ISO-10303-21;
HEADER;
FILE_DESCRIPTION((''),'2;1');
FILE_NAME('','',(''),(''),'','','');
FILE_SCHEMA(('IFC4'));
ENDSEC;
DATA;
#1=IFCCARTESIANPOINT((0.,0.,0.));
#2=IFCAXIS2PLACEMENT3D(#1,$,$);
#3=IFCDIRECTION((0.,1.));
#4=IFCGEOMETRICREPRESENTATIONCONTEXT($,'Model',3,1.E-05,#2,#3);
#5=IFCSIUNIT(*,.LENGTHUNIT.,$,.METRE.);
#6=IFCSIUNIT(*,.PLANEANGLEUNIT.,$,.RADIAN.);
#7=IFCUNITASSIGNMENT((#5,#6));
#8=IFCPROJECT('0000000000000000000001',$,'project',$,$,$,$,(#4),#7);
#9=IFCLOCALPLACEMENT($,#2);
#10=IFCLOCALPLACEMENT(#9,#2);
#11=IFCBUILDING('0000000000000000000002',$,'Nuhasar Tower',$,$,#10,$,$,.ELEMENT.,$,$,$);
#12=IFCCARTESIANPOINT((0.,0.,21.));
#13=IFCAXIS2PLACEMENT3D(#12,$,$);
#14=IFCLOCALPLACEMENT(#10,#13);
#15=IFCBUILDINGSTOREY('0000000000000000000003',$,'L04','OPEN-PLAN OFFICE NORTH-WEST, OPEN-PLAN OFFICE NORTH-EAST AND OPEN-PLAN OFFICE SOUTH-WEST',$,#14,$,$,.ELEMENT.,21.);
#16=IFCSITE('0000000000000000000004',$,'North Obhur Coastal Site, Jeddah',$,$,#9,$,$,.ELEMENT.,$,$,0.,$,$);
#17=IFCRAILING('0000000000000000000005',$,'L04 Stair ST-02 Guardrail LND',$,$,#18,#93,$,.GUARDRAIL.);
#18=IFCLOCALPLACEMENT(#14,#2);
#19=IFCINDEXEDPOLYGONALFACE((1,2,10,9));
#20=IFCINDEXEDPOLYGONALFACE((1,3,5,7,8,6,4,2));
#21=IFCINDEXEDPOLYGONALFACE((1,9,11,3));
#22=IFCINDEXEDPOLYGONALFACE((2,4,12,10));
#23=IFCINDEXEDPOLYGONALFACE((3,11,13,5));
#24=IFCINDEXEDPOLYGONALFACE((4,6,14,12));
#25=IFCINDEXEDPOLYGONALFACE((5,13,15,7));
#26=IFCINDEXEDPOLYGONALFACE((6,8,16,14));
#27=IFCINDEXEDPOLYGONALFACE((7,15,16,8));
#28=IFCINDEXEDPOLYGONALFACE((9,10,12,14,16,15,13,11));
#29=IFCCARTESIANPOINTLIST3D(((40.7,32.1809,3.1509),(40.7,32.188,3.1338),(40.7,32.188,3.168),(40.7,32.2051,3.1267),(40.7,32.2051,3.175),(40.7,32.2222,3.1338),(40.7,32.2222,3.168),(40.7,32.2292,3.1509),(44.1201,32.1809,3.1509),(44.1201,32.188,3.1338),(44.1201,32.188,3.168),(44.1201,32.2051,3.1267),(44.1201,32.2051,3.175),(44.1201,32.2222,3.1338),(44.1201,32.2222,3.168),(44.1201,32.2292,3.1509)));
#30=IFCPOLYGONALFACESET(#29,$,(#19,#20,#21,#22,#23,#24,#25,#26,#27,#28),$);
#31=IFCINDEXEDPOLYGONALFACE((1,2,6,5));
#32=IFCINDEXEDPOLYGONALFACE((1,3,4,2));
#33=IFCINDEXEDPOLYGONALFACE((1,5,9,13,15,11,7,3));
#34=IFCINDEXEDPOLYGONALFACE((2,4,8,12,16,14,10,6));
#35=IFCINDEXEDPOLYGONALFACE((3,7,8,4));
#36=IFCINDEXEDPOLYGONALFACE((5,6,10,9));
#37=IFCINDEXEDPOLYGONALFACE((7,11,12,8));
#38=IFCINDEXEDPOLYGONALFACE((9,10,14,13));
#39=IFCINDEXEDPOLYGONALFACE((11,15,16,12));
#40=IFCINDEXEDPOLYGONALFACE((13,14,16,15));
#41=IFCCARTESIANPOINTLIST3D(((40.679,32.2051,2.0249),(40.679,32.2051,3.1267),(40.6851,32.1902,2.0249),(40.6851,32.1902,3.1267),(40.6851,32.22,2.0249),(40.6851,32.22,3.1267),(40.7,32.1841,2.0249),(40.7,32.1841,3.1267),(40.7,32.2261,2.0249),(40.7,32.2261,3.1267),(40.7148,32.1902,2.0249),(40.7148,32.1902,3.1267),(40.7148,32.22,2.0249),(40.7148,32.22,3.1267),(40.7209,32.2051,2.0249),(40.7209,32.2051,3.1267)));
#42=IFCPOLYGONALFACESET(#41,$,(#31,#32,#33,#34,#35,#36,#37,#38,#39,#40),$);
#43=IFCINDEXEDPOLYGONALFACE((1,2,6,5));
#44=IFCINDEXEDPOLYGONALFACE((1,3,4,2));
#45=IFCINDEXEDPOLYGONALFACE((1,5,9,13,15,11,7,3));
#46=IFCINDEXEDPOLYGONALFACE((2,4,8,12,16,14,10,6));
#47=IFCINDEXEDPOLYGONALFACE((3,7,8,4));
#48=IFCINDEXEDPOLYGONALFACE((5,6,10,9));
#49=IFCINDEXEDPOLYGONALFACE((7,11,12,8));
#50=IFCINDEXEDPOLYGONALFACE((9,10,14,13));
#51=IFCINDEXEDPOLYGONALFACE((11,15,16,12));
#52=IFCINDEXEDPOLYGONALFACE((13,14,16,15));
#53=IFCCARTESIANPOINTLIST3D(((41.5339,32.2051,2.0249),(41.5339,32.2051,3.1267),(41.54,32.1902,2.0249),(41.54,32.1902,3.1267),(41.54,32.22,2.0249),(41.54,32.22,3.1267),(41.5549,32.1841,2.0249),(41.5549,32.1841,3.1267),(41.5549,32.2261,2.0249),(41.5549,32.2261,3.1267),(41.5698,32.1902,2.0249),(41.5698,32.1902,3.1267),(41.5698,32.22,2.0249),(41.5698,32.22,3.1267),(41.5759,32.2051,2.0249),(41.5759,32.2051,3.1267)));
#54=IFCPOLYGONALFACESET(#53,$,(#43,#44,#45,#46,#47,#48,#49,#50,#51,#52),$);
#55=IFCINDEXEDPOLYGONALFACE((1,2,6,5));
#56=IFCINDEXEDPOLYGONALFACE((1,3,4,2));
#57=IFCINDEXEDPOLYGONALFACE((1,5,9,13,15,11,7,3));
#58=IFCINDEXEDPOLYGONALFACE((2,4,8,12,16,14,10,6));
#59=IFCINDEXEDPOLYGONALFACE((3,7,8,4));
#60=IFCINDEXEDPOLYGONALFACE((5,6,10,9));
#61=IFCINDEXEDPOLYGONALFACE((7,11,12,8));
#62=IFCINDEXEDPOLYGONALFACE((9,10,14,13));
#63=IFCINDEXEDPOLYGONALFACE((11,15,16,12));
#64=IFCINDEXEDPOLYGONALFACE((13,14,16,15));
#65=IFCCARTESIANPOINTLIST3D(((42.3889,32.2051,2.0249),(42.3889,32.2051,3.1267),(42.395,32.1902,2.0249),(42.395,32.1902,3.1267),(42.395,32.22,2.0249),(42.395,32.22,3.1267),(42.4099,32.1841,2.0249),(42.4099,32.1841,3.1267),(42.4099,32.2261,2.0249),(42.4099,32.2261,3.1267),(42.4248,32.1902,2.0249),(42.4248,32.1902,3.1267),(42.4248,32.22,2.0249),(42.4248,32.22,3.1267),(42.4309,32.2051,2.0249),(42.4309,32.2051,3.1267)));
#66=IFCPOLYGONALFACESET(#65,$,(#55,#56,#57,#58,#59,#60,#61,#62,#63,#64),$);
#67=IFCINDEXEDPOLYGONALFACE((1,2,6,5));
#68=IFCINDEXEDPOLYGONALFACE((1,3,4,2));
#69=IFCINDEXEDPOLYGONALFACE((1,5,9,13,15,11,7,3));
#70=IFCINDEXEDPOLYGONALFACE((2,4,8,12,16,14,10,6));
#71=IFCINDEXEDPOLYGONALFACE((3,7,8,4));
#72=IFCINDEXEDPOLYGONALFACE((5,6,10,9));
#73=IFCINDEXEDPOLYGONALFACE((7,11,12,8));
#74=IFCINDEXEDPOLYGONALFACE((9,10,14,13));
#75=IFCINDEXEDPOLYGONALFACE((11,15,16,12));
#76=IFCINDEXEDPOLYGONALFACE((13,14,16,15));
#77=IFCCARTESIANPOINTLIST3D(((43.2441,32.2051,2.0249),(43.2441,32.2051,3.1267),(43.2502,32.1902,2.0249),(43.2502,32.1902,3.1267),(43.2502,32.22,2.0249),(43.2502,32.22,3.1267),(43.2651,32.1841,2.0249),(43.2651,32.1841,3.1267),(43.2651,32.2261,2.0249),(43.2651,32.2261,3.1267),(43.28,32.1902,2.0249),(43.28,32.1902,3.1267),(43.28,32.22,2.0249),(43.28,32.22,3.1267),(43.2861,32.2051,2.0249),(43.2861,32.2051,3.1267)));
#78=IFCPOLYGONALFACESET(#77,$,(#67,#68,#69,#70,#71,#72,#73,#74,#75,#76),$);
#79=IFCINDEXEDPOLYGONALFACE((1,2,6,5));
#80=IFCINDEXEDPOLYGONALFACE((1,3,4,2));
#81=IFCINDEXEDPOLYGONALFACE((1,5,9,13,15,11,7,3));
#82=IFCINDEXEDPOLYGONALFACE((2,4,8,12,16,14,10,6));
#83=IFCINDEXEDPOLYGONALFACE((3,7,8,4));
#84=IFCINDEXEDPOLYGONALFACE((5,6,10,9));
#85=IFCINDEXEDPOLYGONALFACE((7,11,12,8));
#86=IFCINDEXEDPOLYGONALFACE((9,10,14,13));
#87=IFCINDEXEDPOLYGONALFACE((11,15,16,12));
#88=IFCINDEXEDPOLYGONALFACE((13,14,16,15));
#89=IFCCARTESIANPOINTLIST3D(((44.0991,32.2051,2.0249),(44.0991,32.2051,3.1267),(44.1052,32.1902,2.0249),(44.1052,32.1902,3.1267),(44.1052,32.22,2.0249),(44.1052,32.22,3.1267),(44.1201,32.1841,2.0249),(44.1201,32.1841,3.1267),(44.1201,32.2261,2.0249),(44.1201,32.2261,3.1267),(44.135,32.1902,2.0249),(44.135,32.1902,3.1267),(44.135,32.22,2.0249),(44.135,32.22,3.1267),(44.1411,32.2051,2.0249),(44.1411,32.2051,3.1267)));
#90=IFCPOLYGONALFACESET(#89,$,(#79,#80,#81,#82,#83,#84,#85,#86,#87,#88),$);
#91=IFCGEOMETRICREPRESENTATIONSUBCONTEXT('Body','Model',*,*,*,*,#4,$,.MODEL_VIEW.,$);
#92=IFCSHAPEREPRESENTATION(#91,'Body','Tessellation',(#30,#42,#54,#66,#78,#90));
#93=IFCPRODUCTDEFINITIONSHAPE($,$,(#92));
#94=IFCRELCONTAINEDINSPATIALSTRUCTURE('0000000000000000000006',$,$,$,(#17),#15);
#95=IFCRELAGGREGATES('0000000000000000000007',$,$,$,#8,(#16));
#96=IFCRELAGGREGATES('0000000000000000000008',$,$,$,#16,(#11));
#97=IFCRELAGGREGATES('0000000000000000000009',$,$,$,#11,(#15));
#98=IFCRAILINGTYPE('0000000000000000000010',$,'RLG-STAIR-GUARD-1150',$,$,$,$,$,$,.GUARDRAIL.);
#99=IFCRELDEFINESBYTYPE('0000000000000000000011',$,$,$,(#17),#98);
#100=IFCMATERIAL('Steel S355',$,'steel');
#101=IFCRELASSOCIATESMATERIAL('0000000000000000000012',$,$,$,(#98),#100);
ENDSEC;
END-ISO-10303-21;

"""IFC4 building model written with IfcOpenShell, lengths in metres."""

from ifc_helpers import new_model, si_unit, direction, frame, origin, place, context, subcontext, project, spatial, polyline, outline, extrude, material, type_object, element, save


model = new_model("IFC4")

# Units and contexts
model_context = context("Model", 3, precision=1e-05, world=origin(), true_north=direction((0.0, 1.0)))
body_context = subcontext(model_context, "Body", "Model", "MODEL_VIEW")
ifc_project = project(units=[si_unit("LENGTHUNIT", "METRE"), si_unit("PLANEANGLEUNIT", "RADIAN")], contexts=[model_context])

# Site, building, storey
site_placement = place(None, origin())
site = spatial("IfcSite", under=ifc_project, at=site_placement, Name="North Obhur Coastal Site, Jeddah", CompositionType="ELEMENT", RefElevation=0.0)
building_placement = place(site_placement, origin())
building = spatial("IfcBuilding", under=site, at=building_placement, Name="Nuhasar Tower", CompositionType="ELEMENT")
storey_placement = place(building_placement, frame((0.0, 0.0, 21.0)))
storey = spatial("IfcBuildingStorey", under=building, at=storey_placement, Name="L04", Description="OPEN-PLAN OFFICE NORTH-WEST, OPEN-PLAN OFFICE NORTH-EAST AND OPEN-PLAN OFFICE SOUTH-WEST", CompositionType="ELEMENT", Elevation=21.0)

# Shared definitions
ifc_material_1 = material(Name="Steel S355", Category="steel")

# Railing
railing_type = type_object("IfcRailingType", Name="RLG-STAIR-GUARD-1150", PredefinedType="GUARDRAIL", material=ifc_material_1)
railing_placement = place(storey_placement, frame((40.7, 32.2051, 2.0249)))
element("IfcRailing", 1, at=railing_placement, inside=storey, type_object=railing_type, Name="L04 Stair ST-02 Guardrail LND", PredefinedType="GUARDRAIL", context=body_context, shape_type="SweptSolid", body=[
    extrude(outline(polyline([(0.0242, 0.0), (0.0171, 0.0171), (0.0, 0.0242), (-0.0171, 0.0171), (-0.0242, 0.0), (-0.0171, -0.0171), (0.0, -0.0242), (0.0171, -0.0171), (0.0242, 0.0)])), frame((0.0, 0.0, 1.126), z_axis=(1.0, 0.0, 0.0), x_axis=(0.0, 1.0, 0.0)), (0.0, 0.0, 1.0), 3.4202),
    extrude(outline(polyline([(0.021, 0.0), (0.0149, 0.0149), (0.0, 0.021), (-0.0149, 0.0149), (-0.021, 0.0), (-0.0149, -0.0149), (0.0, -0.021), (0.0149, -0.0149), (0.021, 0.0)])), origin(), (0.0, 0.0, 1.0), 1.1018),
    extrude(outline(polyline([(0.021, 0.0), (0.0149, 0.0149), (0.0, 0.021), (-0.0149, 0.0149), (-0.021, 0.0), (-0.0149, -0.0149), (0.0, -0.021), (0.0149, -0.0149), (0.021, 0.0)])), frame((0.855, 0.0, 0.0)), (0.0, 0.0, 1.0), 1.1018),
    extrude(outline(polyline([(0.021, 0.0), (0.0149, 0.0149), (0.0, 0.021), (-0.0149, 0.0149), (-0.021, 0.0), (-0.0149, -0.0149), (0.0, -0.021), (0.0149, -0.0149), (0.021, 0.0)])), frame((1.71, 0.0, 0.0)), (0.0, 0.0, 1.0), 1.1018),
    extrude(outline(polyline([(0.021, 0.0), (0.0149, 0.0149), (0.0, 0.021), (-0.0149, 0.0149), (-0.021, 0.0), (-0.0149, -0.0149), (0.0, -0.021), (0.0149, -0.0149), (0.021, 0.0)])), frame((2.5652, 0.0, 0.0)), (0.0, 0.0, 1.0), 1.1018),
    extrude(outline(polyline([(0.021, 0.0), (0.0149, 0.0149), (0.0, 0.021), (-0.0149, 0.0149), (-0.021, 0.0), (-0.0149, -0.0149), (0.0, -0.021), (0.0149, -0.0149), (0.021, 0.0)])), frame((3.4202, 0.0, 0.0)), (0.0, 0.0, 1.0), 1.1018),
])

save(model, "model.ifc")
